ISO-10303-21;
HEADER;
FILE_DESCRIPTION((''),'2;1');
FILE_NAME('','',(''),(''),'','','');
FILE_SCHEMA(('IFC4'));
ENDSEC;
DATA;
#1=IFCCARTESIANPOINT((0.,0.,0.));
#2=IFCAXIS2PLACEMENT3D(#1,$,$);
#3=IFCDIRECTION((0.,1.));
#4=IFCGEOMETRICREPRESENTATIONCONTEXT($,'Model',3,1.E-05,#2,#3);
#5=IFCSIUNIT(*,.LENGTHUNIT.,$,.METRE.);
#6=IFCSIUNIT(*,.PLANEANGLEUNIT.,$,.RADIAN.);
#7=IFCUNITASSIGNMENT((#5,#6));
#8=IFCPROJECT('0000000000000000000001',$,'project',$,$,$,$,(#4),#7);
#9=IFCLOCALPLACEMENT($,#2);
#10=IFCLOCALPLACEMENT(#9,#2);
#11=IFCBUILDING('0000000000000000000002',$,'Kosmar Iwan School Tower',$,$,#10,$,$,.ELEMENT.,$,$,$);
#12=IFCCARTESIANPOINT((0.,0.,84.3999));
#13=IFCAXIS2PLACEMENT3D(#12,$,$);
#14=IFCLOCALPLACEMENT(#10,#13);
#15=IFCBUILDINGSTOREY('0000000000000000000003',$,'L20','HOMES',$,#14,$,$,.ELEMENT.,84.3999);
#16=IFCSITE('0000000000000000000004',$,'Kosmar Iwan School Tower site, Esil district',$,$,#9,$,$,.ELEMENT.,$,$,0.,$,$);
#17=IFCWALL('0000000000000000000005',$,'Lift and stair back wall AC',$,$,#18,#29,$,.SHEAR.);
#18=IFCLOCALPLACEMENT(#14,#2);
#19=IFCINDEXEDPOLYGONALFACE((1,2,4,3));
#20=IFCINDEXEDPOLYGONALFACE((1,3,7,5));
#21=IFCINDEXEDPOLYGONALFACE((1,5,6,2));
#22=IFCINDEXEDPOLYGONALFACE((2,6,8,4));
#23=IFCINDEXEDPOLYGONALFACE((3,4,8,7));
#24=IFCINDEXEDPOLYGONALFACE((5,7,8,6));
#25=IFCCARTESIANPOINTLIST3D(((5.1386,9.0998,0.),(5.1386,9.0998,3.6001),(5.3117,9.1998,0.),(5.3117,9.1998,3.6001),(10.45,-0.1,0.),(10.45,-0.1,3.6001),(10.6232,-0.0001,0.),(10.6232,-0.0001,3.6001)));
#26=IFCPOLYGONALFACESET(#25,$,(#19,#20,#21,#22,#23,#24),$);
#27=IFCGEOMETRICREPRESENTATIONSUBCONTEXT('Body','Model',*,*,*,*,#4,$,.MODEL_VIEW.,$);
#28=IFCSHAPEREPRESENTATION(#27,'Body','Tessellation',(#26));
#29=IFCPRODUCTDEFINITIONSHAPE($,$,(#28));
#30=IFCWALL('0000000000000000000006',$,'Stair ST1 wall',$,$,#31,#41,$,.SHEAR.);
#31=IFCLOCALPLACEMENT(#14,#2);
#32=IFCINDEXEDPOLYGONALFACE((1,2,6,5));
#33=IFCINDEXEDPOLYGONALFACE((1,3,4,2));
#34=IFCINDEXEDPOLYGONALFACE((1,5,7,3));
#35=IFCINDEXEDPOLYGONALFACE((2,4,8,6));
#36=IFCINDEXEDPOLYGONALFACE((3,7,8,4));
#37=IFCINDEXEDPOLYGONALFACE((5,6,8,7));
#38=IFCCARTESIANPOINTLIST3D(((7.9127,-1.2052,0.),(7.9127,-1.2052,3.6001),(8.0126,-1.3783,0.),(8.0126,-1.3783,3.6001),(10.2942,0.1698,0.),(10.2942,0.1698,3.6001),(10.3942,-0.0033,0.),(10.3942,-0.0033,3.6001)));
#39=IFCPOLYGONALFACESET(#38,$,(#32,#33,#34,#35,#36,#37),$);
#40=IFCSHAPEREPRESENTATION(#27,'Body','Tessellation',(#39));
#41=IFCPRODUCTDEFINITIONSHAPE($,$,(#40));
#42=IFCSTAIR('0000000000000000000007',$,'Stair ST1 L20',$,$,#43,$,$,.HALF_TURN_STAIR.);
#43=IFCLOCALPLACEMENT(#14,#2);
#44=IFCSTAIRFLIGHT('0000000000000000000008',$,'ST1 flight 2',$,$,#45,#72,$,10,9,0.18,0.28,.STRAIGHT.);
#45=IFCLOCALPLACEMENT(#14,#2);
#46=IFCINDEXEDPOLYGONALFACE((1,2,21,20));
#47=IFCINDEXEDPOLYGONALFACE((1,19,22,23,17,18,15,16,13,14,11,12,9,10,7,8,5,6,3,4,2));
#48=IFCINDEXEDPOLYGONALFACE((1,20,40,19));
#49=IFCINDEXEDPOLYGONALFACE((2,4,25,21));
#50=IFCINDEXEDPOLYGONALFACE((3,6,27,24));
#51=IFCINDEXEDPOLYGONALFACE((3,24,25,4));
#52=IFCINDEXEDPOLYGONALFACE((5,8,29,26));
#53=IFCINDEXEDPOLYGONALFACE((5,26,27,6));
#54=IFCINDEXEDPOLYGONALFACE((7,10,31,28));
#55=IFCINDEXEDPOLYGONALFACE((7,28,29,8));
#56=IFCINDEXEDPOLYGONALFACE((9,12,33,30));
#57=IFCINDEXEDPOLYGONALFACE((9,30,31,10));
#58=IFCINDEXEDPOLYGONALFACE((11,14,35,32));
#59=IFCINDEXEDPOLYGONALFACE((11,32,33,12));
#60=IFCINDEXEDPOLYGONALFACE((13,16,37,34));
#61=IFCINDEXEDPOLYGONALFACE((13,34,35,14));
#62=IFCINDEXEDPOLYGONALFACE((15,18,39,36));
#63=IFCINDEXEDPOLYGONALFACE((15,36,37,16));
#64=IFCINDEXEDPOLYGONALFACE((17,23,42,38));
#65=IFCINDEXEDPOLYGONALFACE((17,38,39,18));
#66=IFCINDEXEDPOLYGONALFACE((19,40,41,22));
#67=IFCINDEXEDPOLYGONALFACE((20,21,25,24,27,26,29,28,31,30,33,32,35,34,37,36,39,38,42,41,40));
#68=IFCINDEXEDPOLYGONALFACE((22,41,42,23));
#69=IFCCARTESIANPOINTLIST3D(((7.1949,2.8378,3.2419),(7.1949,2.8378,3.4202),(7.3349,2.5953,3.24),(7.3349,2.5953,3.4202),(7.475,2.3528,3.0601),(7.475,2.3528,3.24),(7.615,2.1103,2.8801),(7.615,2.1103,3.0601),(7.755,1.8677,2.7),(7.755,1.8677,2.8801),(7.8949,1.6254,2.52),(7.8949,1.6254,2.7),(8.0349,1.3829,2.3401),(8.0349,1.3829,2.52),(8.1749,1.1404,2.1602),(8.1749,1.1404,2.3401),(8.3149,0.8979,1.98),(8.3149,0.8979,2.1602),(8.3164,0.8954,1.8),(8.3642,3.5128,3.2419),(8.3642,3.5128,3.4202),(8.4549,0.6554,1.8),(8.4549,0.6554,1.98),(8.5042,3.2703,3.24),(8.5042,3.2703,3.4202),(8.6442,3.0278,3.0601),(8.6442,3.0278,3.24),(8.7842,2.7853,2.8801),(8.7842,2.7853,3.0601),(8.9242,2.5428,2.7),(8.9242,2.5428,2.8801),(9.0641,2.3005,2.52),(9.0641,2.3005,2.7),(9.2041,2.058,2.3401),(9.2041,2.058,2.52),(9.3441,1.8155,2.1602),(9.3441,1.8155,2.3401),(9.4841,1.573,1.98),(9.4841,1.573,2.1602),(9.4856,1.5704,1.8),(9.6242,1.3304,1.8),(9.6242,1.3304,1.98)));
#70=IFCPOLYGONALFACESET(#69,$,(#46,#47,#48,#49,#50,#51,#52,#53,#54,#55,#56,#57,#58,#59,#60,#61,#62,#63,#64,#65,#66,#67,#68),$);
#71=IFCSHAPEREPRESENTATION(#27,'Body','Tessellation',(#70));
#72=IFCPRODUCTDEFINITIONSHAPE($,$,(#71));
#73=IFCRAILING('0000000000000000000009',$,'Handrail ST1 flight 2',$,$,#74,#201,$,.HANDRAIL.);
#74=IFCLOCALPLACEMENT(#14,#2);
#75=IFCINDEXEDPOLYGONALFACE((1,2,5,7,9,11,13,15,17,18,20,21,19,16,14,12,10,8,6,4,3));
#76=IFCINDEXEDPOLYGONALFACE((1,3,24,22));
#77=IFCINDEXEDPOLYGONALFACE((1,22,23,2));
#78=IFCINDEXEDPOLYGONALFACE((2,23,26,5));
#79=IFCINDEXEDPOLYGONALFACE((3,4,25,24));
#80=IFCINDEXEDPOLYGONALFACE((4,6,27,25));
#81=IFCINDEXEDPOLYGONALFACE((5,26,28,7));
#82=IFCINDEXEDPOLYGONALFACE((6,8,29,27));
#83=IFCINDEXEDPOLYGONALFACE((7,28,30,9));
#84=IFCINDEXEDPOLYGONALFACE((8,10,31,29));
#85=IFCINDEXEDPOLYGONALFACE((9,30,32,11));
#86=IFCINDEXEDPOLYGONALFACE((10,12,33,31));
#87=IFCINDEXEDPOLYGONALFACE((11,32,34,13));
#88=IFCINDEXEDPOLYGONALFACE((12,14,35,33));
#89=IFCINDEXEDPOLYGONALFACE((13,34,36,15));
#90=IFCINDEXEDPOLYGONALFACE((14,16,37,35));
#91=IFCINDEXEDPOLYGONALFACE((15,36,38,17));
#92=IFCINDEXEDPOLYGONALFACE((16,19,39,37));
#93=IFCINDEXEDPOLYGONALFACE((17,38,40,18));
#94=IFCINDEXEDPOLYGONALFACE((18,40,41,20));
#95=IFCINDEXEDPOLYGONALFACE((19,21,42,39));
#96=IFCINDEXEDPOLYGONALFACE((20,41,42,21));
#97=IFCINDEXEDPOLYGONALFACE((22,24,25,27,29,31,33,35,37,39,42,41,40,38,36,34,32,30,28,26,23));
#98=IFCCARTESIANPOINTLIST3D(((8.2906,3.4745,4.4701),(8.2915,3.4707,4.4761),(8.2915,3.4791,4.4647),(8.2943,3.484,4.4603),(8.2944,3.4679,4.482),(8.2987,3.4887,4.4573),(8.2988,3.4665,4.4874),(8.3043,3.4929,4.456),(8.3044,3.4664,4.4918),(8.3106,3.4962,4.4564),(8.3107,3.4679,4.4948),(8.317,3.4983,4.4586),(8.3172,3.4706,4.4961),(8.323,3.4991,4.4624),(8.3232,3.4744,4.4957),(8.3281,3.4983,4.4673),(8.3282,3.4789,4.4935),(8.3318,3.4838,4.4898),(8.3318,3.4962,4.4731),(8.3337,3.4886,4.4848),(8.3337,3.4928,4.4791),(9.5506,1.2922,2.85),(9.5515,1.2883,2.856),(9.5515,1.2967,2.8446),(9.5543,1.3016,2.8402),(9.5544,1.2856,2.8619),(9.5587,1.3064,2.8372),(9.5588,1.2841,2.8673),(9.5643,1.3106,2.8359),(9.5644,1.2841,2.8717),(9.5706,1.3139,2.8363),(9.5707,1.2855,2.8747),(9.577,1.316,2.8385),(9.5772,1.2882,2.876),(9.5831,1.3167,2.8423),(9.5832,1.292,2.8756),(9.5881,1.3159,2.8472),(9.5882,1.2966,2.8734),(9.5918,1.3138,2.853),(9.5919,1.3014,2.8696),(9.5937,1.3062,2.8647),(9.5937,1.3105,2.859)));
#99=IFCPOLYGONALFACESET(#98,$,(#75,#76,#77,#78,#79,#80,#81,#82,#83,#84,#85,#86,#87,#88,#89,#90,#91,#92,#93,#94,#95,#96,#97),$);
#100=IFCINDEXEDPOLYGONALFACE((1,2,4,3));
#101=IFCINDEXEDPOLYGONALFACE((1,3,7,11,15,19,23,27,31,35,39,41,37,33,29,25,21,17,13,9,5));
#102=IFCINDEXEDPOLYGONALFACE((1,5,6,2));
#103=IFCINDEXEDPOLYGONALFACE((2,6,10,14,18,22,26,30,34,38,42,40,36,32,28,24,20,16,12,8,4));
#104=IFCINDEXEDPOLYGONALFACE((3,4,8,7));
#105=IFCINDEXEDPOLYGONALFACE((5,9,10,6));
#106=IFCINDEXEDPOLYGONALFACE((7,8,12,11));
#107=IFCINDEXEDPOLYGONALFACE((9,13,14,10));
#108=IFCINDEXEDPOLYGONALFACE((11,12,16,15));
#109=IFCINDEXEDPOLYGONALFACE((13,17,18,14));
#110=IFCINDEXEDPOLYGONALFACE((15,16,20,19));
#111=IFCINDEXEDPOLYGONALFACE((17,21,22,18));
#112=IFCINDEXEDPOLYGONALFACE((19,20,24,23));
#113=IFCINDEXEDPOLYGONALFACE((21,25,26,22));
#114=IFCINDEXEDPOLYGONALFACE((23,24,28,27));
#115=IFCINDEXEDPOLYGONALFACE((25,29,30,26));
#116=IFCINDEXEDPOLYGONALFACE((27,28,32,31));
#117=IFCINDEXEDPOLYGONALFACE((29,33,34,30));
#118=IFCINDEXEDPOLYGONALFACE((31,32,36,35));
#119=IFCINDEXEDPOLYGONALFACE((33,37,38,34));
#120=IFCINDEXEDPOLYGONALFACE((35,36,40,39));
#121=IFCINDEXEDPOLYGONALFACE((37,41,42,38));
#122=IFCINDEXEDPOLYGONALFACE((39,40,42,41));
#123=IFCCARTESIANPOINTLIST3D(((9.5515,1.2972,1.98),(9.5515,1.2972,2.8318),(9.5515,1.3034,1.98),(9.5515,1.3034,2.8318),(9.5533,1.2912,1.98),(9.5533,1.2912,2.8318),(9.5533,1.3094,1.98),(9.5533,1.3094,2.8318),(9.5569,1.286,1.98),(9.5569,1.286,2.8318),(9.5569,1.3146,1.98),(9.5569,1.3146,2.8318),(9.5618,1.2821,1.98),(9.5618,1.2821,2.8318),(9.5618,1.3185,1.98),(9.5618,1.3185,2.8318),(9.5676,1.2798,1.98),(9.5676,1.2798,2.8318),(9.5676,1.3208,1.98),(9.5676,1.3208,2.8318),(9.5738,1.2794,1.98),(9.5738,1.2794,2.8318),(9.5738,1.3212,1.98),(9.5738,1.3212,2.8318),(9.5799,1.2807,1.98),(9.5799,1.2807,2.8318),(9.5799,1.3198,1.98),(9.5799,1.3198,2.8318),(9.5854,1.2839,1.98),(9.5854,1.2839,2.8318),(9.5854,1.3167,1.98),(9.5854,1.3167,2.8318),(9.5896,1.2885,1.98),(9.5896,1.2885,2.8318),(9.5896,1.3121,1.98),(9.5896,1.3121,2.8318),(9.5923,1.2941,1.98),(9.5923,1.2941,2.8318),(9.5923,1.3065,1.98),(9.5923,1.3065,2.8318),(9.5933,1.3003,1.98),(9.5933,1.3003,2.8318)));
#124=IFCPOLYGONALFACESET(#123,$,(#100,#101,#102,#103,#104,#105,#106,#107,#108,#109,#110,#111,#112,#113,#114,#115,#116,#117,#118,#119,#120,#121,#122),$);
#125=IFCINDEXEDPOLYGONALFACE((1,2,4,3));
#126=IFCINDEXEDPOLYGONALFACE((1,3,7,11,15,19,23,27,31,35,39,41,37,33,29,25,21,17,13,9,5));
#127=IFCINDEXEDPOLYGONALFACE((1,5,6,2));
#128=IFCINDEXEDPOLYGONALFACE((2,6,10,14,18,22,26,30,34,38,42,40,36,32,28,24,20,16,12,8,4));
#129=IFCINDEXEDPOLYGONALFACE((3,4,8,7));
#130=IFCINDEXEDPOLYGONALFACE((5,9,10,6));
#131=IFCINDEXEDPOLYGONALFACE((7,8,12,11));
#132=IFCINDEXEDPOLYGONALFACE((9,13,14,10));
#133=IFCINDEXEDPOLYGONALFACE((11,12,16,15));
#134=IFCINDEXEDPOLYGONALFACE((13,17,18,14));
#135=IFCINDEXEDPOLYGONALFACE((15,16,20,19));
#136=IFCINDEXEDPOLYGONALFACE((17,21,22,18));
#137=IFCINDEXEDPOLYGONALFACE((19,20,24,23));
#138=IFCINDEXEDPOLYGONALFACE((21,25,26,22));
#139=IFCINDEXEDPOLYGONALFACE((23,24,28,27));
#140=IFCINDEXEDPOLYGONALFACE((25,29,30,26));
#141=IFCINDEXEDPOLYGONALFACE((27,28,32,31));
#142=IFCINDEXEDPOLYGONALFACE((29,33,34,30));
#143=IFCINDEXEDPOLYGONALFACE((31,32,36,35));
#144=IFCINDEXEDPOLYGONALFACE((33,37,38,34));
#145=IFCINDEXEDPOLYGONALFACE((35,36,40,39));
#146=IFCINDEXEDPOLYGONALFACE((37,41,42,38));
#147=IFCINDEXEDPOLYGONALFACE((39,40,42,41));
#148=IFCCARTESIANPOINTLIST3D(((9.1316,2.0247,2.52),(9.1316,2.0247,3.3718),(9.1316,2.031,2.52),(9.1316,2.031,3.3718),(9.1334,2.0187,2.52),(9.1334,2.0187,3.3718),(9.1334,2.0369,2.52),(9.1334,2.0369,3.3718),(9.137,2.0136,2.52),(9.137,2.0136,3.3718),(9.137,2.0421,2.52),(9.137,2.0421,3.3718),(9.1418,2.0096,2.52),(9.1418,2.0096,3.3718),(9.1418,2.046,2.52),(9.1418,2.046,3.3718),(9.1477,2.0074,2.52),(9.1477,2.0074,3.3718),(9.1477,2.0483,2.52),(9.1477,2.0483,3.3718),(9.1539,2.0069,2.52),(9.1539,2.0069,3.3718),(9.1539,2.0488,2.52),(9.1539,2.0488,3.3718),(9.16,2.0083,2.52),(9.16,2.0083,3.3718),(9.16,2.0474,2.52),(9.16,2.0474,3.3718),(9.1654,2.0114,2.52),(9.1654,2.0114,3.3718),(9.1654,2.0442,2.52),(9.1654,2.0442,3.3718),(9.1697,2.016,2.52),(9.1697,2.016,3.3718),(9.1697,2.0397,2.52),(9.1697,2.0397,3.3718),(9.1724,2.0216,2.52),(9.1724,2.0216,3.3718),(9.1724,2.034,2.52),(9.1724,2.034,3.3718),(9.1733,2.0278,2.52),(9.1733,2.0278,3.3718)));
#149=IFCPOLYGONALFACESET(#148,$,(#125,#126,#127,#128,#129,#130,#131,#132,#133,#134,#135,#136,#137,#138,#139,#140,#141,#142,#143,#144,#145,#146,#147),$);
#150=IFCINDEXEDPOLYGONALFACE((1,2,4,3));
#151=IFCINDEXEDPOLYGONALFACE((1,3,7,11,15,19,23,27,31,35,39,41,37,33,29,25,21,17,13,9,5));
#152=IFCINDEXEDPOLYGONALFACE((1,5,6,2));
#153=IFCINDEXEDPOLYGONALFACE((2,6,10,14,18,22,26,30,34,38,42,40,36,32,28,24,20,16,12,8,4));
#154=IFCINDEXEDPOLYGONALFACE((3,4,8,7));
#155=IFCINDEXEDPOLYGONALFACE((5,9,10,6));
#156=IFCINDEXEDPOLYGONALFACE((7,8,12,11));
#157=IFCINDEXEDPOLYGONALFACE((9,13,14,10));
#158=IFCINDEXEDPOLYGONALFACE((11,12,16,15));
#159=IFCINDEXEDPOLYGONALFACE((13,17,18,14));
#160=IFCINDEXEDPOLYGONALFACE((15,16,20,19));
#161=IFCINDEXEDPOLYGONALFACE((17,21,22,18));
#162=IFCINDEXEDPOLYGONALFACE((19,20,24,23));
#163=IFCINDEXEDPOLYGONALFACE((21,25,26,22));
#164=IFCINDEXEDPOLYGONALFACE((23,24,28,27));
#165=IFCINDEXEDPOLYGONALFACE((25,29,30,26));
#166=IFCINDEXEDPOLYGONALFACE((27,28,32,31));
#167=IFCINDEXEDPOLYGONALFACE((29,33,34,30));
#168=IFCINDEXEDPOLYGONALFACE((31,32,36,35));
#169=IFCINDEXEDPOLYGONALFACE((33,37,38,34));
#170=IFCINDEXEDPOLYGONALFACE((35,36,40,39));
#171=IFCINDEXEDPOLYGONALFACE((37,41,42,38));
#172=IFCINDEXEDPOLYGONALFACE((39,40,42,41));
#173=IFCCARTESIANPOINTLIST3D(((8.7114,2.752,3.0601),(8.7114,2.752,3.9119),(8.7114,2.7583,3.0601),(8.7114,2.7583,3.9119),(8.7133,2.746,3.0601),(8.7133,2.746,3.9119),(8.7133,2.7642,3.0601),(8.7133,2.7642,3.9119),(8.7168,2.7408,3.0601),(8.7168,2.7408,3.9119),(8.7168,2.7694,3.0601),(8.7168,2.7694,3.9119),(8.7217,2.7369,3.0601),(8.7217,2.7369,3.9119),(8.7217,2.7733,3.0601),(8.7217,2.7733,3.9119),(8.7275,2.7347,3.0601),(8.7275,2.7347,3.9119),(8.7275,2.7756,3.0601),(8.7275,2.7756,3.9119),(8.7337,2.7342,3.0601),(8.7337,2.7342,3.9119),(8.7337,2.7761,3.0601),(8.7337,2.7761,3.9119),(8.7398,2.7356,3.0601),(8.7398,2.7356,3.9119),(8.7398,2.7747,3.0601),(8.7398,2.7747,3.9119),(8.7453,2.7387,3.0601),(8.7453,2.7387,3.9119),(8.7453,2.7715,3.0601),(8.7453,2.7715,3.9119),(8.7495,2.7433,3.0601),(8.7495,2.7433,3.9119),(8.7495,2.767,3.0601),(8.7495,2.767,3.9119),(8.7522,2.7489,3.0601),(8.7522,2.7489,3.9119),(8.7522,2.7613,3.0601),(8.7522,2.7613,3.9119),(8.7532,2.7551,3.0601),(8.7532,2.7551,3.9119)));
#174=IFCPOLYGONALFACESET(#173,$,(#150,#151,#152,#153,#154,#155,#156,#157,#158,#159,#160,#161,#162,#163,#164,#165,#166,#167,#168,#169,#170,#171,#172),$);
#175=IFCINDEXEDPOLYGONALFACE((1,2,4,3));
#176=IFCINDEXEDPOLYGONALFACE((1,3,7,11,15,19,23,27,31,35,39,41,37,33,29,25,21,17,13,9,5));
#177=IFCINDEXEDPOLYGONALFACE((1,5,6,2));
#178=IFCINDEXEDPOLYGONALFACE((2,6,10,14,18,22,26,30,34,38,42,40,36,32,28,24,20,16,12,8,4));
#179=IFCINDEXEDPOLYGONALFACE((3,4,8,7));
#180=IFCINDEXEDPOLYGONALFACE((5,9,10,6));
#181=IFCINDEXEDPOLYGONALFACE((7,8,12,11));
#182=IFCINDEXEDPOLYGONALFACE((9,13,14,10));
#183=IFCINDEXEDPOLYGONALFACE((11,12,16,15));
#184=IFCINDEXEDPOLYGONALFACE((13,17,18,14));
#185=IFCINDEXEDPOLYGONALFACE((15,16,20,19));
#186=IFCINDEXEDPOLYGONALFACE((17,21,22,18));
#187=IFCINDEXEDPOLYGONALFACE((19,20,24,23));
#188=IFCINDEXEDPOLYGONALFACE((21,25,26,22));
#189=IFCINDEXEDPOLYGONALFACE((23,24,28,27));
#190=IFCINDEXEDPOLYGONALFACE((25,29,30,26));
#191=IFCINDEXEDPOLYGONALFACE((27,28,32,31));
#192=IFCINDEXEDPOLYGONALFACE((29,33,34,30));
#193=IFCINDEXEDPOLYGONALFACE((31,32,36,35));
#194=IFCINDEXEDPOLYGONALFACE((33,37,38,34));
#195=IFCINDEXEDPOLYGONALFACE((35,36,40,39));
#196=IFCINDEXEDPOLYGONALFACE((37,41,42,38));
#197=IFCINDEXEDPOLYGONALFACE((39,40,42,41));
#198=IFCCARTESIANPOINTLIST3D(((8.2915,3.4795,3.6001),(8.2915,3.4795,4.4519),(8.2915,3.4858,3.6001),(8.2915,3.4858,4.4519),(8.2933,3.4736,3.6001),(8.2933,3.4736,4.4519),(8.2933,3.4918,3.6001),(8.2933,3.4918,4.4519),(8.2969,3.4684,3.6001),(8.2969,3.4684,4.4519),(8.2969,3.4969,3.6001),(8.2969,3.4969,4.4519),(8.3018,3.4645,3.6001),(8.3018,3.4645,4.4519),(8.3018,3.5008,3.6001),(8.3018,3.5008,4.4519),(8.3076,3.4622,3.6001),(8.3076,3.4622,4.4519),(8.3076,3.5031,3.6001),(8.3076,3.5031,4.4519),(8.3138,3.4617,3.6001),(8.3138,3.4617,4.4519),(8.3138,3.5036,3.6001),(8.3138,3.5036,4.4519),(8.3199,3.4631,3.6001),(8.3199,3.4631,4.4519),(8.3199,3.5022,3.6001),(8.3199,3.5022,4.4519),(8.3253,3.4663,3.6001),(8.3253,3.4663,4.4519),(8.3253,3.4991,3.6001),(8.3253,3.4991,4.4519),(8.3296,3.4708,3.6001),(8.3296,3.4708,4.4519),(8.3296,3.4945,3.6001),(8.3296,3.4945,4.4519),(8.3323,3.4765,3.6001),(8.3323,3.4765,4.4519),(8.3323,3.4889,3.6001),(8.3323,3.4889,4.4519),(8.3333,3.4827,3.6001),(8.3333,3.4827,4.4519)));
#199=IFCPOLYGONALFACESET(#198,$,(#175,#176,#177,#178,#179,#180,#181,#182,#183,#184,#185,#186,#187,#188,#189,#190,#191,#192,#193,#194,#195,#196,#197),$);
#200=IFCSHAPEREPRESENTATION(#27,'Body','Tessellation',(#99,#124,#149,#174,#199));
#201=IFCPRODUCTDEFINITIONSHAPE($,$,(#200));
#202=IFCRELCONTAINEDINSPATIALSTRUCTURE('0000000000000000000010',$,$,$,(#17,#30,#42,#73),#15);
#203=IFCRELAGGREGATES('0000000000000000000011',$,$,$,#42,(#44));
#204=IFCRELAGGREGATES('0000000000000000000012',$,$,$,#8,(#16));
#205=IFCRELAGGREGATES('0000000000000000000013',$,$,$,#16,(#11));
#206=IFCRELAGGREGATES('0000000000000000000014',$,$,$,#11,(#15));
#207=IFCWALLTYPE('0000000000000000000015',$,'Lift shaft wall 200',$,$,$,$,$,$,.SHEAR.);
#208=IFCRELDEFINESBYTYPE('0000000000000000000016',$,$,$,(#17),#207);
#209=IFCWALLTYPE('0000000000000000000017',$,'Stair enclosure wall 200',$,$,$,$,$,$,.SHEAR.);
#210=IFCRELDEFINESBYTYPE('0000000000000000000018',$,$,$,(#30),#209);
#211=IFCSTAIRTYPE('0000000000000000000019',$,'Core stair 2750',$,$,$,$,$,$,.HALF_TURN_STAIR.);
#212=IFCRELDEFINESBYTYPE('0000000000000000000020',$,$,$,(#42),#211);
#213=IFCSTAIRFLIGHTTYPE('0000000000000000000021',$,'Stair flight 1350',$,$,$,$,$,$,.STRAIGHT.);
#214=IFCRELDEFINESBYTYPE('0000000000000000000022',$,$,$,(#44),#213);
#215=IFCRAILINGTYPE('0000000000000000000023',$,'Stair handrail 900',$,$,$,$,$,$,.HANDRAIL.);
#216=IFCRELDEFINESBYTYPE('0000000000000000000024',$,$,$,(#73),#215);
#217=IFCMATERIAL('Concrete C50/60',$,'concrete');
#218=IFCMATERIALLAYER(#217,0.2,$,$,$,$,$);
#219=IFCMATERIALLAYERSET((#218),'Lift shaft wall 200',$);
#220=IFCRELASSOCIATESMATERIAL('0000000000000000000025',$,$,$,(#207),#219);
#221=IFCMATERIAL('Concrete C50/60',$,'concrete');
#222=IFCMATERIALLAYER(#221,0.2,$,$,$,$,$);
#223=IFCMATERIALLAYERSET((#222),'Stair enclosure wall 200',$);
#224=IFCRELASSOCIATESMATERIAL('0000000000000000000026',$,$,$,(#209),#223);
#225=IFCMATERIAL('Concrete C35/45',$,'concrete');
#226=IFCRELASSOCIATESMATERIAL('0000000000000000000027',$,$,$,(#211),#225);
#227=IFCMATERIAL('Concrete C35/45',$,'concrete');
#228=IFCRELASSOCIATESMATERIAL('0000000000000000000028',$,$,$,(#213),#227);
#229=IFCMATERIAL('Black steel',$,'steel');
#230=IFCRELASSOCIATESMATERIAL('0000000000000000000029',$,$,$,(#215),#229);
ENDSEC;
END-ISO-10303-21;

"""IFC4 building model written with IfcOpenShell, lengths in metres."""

from ifc_helpers import new_model, si_unit, direction, frame, frame_2d, origin, origin_2d, place, context, subcontext, project, spatial, polyline, rectangle, circle, outline, extrude, material, layer, layer_set, type_object, element, aggregate, save


model = new_model("IFC4")

# Units and contexts
model_context = context("Model", 3, precision=1e-05, world=origin(), true_north=direction((0.0, 1.0)))
body_context = subcontext(model_context, "Body", "Model", "MODEL_VIEW")
ifc_project = project(units=[si_unit("LENGTHUNIT", "METRE"), si_unit("PLANEANGLEUNIT", "RADIAN")], contexts=[model_context])

# Site, building, storey
site_placement = place(None, origin())
site = spatial("IfcSite", under=ifc_project, at=site_placement, Name="Kosmar Iwan School Tower site, Esil district", CompositionType="ELEMENT", RefElevation=0.0)
building_placement = place(site_placement, origin())
building = spatial("IfcBuilding", under=site, at=building_placement, Name="Kosmar Iwan School Tower", CompositionType="ELEMENT")
storey_placement = place(building_placement, frame((0.0, 0.0, 84.3999)))
storey = spatial("IfcBuildingStorey", under=building, at=storey_placement, Name="L20", Description="HOMES", CompositionType="ELEMENT", Elevation=84.3999)

# Shared definitions
ifc_material_1 = material(Name="Concrete C50/60", Category="concrete")
ifc_layer_1 = layer(ifc_material_1, 0.2)
ifc_layer_set_1 = layer_set([ifc_layer_1], Name="Lift shaft wall 200")
wall_type_1 = type_object("IfcWallType", Name="Lift shaft wall 200", PredefinedType="SHEAR", material=ifc_layer_set_1)

# Walls
wall_1_placement = place(storey_placement, frame((10.5366, -0.05, 0.0), z_axis=(0.0, 0.0, 1.0), x_axis=(-0.499995, 0.866028, 0.0)))
element("IfcWall", 1, at=wall_1_placement, inside=storey, type_object=wall_type_1, Name="Lift and stair back wall AC", PredefinedType="SHEAR", context=body_context, shape_type="SweptSolid", body=[
    extrude(rectangle(XDim=10.623, YDim=0.2, at=frame_2d((5.3115, 0.0))), origin(), (0.0, 0.0, 1.0), 3.6001),
])
ifc_material_2 = material(Name="Concrete C50/60", Category="concrete")
ifc_layer_2 = layer(ifc_material_2, 0.2)
ifc_layer_set_2 = layer_set([ifc_layer_2], Name="Stair enclosure wall 200")
wall_type_2 = type_object("IfcWallType", Name="Stair enclosure wall 200", PredefinedType="SHEAR", material=ifc_layer_set_2)
wall_2_placement = place(storey_placement, frame((7.9626, -1.2917, 0.0), z_axis=(0.0, 0.0, 1.0), x_axis=(0.866027, 0.499997, 0.0)))
element("IfcWall", 2, at=wall_2_placement, inside=storey, type_object=wall_type_2, Name="Stair ST1 wall", PredefinedType="SHEAR", context=body_context, shape_type="SweptSolid", body=[
    extrude(rectangle(XDim=2.75, YDim=0.2, at=frame_2d((1.375, 0.0))), origin(), (0.0, 0.0, 1.0), 3.6001),
])

# Stair, stair flight
ifc_material_3 = material(Name="Concrete C35/45", Category="concrete")
stair_type = type_object("IfcStairType", Name="Core stair 2750", PredefinedType="HALF_TURN_STAIR", material=ifc_material_3)
stair_placement = place(storey_placement, origin())
stair = element("IfcStair", 3, at=stair_placement, inside=storey, type_object=stair_type, Name="Stair ST1 L20", PredefinedType="HALF_TURN_STAIR")
ifc_material_4 = material(Name="Concrete C35/45", Category="concrete")
stair_flight_type = type_object("IfcStairFlightType", Name="Stair flight 1350", PredefinedType="STRAIGHT", material=ifc_material_4)
stair_flight_placement = place(storey_placement, frame((9.0396, 0.9929, 1.8), z_axis=(0.0, 0.0, 1.0), x_axis=(-0.5, 0.866025, 0.0)))
stair_flight = element("IfcStairFlight", 4, at=stair_flight_placement, type_object=stair_flight_type, Name="ST1 flight 2", NumberOfRisers=10, NumberOfTreads=9, PredefinedType="STRAIGHT", RiserHeight=0.18, TreadLength=0.28, context=body_context, shape_type="SweptSolid", body=[
    extrude(outline(polyline([(0.0, 0.0), (0.0, 0.1799), (0.28, 0.1799), (0.28, 0.3601), (0.5601, 0.3601), (0.5601, 0.54), (0.8401, 0.54), (0.8401, 0.72), (1.1201, 0.72), (1.1201, 0.8999), (1.3999, 0.8999), (1.3999, 1.0801), (1.6799, 1.0801), (1.6799, 1.26), (1.96, 1.26), (1.96, 1.4399), (2.24, 1.4399), (2.24, 1.6201), (2.52, 1.6201), (2.52, 1.8), (2.52, 1.4419), (0.2771, 0.0), (0.0, 0.0)])), frame((0.0, 0.675, 0.0), z_axis=(0.0, -1.0, 0.0), x_axis=(1.0, 0.0, 0.0)), (0.0, 0.0, 1.0), 1.3501),
])
aggregate(stair, [stair_flight])

# Railing
ifc_material_5 = material(Name="Black steel", Category="steel")
railing_type = type_object("IfcRailingType", Name="Stair handrail 900", PredefinedType="HANDRAIL", material=ifc_material_5)
railing_placement = place(storey_placement, frame((9.5723, 1.3003, 1.98)))
element("IfcRailing", 5, at=railing_placement, inside=storey, type_object=railing_type, Name="Handrail ST1 flight 2", PredefinedType="HANDRAIL", context=body_context, shape_type="SweptSolid", body=[
    extrude(circle(Radius=0.0239, at=origin_2d()), frame((0.0, 0.0, 0.876), z_axis=(-0.420584, 0.728464, 0.540786), x_axis=(-0.866023, -0.500005, 0.0)), (0.0, 0.0, 1.0), 2.9958),
    extrude(circle(Radius=0.021, at=origin_2d()), origin(), (0.0, 0.0, 1.0), 0.8518),
    extrude(circle(Radius=0.021, at=origin_2d()), frame((-0.4199, 0.7275, 0.54)), (0.0, 0.0, 1.0), 0.8518),
    extrude(circle(Radius=0.021, at=origin_2d()), frame((-0.8401, 1.4548, 1.0801)), (0.0, 0.0, 1.0), 0.8518),
    extrude(circle(Radius=0.021, at=origin_2d()), frame((-1.26, 2.1824, 1.6201)), (0.0, 0.0, 1.0), 0.8518),
])

save(model, "model.ifc")
